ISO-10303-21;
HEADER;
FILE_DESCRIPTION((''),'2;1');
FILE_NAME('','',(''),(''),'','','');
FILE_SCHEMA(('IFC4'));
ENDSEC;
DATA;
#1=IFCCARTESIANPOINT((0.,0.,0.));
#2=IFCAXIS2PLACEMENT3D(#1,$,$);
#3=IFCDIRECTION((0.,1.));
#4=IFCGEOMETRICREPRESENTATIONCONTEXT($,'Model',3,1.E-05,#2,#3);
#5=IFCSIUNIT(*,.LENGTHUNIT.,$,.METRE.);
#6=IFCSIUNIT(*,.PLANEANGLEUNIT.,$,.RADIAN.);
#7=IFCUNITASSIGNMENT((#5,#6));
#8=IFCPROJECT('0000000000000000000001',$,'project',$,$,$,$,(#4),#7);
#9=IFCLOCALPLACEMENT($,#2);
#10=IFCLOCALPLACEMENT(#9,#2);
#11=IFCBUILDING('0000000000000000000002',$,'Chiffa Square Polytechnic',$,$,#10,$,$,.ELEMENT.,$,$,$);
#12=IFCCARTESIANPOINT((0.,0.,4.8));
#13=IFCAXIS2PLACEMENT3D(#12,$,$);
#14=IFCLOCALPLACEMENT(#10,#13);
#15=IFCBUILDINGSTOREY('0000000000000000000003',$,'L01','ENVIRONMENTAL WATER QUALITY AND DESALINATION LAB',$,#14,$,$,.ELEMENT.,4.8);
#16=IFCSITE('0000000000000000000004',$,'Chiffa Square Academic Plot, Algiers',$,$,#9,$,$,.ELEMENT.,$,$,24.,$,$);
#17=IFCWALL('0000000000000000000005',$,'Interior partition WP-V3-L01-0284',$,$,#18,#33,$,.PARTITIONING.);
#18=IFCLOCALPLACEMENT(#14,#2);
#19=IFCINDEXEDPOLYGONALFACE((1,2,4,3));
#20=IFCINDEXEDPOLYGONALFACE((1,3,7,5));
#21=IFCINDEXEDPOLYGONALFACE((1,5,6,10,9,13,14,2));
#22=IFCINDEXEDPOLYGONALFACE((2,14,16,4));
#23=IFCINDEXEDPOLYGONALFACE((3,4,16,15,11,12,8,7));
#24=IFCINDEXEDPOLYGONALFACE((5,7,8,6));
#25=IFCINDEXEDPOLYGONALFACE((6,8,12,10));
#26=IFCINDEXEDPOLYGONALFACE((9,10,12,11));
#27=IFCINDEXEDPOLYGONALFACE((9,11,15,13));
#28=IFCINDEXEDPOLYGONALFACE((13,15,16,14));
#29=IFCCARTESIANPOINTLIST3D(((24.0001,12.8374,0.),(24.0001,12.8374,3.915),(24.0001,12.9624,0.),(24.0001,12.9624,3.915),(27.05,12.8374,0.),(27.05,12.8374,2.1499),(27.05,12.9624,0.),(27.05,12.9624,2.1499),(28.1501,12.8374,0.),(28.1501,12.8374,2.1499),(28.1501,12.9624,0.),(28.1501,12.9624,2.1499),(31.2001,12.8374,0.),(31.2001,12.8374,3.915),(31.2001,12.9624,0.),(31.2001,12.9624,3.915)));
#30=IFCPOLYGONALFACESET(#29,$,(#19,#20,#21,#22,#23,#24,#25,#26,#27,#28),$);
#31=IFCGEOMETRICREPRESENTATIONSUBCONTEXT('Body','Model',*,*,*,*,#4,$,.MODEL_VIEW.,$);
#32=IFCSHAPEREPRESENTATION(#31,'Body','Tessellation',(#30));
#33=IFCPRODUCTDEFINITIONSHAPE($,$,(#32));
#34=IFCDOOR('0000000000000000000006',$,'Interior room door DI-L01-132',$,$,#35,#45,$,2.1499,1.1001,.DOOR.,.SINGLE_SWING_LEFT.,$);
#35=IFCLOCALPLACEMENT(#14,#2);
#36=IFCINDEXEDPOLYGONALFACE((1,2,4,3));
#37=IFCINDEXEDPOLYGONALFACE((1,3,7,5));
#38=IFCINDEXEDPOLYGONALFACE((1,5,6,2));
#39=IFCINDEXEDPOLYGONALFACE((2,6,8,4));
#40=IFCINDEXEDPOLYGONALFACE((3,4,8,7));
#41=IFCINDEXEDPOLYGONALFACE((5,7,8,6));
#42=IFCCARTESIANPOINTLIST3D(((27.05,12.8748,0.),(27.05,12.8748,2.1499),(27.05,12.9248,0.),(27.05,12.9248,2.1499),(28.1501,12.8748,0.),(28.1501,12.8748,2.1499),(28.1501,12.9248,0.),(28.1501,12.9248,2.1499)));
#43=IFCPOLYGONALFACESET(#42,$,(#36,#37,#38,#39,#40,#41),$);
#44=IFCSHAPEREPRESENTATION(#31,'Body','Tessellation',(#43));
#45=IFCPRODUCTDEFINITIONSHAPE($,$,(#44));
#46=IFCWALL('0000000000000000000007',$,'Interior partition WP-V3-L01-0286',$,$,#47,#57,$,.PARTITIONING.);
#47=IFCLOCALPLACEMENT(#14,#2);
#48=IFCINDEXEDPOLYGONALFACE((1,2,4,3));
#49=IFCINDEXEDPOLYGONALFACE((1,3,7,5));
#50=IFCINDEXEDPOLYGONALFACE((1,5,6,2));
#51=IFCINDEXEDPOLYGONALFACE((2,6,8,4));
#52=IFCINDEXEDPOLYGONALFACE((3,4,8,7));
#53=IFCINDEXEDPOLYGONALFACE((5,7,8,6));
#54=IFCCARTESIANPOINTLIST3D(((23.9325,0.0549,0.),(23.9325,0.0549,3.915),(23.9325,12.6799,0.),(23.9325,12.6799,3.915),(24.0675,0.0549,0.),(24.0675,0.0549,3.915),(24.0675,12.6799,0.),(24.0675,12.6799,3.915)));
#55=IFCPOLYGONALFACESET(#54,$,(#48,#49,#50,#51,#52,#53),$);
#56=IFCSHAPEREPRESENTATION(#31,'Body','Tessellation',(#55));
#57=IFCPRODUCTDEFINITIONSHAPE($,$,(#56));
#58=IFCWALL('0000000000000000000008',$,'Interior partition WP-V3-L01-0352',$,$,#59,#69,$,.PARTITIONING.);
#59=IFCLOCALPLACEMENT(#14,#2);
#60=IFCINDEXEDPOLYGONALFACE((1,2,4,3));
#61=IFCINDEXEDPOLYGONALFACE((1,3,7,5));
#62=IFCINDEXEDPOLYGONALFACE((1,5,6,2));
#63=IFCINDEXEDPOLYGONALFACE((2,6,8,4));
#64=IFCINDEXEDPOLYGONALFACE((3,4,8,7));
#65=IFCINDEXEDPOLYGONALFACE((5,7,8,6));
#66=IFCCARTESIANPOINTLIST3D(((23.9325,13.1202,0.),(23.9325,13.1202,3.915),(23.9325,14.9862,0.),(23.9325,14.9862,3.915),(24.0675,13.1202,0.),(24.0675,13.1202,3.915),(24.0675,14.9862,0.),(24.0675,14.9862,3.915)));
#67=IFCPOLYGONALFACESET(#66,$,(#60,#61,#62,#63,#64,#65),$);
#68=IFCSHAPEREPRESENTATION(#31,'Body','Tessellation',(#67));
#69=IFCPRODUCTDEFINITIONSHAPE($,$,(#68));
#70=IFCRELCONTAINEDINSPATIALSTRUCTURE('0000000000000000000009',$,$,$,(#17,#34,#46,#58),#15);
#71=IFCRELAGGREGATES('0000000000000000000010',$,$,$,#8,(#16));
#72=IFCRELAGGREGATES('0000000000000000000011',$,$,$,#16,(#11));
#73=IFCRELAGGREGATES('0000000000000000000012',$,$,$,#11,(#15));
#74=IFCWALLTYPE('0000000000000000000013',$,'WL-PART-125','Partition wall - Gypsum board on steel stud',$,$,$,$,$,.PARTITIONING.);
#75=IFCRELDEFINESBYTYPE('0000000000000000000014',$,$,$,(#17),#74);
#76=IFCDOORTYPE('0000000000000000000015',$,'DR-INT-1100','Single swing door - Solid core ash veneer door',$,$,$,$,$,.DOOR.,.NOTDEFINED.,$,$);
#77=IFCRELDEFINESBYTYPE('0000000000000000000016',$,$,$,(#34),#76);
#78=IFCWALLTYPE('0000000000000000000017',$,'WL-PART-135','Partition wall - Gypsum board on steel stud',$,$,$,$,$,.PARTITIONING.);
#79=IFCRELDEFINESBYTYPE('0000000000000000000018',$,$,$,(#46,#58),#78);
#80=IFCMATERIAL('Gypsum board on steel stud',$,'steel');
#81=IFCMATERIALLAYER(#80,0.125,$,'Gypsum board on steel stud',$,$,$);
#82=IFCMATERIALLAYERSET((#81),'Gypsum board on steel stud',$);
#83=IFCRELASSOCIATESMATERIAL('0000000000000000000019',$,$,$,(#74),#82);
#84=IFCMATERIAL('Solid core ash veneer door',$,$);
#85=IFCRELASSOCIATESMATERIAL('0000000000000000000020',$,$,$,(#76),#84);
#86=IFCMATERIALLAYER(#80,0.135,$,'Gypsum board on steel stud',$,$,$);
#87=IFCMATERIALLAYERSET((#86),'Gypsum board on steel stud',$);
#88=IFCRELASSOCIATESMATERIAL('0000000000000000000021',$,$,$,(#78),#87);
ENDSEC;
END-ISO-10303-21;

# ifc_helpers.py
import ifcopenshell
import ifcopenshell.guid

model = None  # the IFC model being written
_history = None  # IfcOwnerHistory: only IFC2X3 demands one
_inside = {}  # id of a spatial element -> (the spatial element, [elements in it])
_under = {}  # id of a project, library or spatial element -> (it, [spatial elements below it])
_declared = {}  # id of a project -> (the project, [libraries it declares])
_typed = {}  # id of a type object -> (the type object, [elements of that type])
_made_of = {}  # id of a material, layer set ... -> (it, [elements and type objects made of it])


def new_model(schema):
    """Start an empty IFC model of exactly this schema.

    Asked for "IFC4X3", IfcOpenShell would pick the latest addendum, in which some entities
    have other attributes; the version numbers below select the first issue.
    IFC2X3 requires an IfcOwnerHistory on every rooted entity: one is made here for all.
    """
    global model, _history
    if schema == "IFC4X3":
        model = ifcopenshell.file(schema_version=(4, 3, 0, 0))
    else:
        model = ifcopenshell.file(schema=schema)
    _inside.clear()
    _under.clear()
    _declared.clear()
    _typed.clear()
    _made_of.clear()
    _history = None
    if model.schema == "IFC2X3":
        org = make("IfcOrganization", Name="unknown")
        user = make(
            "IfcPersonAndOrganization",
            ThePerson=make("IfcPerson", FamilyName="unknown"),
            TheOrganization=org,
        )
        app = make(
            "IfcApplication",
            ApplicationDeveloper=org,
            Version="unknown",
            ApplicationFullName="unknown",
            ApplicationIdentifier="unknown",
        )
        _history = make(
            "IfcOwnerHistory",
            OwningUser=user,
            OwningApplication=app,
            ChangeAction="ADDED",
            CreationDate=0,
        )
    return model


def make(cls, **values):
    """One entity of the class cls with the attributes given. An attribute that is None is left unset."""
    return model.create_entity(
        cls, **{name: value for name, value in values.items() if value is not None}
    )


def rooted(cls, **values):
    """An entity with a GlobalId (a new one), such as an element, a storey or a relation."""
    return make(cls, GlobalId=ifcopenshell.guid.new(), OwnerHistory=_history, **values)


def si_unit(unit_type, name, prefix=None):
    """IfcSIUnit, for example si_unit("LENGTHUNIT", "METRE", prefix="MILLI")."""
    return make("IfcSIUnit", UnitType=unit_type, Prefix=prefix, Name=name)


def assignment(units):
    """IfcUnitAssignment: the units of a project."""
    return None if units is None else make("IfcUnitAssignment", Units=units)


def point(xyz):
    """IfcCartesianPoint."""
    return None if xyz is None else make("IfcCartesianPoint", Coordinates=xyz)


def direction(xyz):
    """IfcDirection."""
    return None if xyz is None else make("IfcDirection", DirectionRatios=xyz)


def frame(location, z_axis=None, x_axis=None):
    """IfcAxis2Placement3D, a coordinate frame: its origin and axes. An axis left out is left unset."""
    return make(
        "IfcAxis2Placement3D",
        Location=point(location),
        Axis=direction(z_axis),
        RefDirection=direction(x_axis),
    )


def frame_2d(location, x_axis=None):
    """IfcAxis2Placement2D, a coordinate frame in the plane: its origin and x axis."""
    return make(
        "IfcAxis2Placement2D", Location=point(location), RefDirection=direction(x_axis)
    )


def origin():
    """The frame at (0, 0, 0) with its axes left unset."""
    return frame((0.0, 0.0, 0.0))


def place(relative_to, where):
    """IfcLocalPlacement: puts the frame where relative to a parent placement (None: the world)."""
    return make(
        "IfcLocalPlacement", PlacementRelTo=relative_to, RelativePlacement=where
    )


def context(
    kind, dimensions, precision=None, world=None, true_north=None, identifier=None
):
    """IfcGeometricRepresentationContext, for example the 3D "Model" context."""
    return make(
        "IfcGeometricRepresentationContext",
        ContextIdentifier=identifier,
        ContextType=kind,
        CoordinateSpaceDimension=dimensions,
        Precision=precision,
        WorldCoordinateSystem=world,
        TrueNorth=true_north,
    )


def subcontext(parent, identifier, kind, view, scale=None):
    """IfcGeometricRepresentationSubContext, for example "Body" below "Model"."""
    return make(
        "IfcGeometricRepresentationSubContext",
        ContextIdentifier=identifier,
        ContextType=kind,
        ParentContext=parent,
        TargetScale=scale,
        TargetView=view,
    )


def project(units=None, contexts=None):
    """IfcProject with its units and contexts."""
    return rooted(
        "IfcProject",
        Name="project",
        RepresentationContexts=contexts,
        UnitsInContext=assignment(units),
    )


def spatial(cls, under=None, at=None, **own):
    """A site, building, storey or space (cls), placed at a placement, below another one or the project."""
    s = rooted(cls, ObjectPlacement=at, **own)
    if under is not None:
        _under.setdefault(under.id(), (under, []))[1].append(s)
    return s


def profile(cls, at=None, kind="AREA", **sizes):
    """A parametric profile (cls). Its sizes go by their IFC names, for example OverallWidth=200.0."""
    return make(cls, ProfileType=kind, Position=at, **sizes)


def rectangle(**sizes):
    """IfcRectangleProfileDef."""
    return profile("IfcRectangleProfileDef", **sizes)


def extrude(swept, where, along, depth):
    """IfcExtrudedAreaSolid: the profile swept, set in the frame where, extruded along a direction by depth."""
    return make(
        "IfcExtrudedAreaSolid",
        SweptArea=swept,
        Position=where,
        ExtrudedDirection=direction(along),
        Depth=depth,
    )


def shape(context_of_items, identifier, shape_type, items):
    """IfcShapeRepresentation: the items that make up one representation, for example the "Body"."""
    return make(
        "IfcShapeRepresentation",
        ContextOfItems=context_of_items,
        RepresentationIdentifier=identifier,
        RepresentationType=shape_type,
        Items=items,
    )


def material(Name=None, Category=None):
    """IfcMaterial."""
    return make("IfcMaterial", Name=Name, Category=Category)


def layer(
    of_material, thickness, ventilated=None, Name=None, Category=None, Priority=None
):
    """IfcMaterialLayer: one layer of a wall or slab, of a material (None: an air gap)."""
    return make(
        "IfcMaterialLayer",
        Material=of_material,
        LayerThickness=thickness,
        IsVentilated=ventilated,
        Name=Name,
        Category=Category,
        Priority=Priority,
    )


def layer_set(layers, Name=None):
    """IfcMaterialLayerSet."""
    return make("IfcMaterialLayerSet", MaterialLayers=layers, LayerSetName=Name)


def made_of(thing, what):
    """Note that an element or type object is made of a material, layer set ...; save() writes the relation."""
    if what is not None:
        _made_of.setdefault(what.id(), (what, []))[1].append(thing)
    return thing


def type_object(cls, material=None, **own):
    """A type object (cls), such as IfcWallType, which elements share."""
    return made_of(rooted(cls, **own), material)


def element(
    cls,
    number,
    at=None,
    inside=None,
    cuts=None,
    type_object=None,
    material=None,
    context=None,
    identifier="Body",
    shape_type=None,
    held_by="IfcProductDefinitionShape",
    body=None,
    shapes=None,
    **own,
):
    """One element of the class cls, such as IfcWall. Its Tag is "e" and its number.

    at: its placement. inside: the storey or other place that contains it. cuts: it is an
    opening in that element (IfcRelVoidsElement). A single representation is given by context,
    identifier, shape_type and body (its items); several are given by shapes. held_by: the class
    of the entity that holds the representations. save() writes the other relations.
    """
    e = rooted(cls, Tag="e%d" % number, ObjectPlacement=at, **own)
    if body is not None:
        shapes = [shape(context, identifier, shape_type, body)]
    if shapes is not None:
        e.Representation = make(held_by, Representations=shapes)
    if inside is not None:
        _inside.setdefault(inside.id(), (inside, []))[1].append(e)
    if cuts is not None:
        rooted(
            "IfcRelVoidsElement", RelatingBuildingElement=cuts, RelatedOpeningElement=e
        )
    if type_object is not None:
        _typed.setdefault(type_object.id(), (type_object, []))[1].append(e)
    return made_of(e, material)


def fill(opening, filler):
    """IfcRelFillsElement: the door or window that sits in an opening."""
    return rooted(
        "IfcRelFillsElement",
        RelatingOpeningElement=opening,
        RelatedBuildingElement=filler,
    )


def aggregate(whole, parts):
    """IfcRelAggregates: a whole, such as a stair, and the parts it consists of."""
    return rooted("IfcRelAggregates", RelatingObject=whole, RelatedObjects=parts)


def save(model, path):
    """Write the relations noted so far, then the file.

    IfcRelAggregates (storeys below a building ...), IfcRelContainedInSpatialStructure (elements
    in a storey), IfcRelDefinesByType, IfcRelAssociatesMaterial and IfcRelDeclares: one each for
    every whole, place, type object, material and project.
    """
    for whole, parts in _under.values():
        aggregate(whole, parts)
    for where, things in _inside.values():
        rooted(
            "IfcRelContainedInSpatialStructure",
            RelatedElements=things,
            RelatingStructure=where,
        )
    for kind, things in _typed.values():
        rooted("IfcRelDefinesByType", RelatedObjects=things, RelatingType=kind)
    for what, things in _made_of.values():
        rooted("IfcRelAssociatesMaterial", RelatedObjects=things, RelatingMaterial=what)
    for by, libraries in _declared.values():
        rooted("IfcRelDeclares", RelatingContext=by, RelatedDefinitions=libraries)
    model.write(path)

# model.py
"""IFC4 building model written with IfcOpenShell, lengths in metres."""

from ifc_helpers import new_model, si_unit, direction, frame, frame_2d, origin, place, context, subcontext, project, spatial, rectangle, extrude, material, layer, layer_set, type_object, element, fill, save


model = new_model("IFC4")

# Units and contexts
model_context = context("Model", 3, precision=1e-05, world=origin(), true_north=direction((0.0, 1.0)))
body_context = subcontext(model_context, "Body", "Model", "MODEL_VIEW")
ifc_project = project(units=[si_unit("LENGTHUNIT", "METRE"), si_unit("PLANEANGLEUNIT", "RADIAN")], contexts=[model_context])

# Site, building, storey
site_placement = place(None, origin())
site = spatial("IfcSite", under=ifc_project, at=site_placement, Name="Chiffa Square Academic Plot, Algiers", CompositionType="ELEMENT", RefElevation=24.0)
building_placement = place(site_placement, origin())
building = spatial("IfcBuilding", under=site, at=building_placement, Name="Chiffa Square Polytechnic", CompositionType="ELEMENT")
storey_placement = place(building_placement, frame((0.0, 0.0, 4.8)))
storey = spatial("IfcBuildingStorey", under=building, at=storey_placement, Name="L01", Description="ENVIRONMENTAL WATER QUALITY AND DESALINATION LAB", CompositionType="ELEMENT", Elevation=4.8)

# Wall, opening, door
ifc_material_1 = material(Name="Gypsum board on steel stud", Category="steel")
ifc_layer_1 = layer(ifc_material_1, 0.125, Name="Gypsum board on steel stud")
ifc_layer_set_1 = layer_set([ifc_layer_1], Name="Gypsum board on steel stud")
wall_type_1 = type_object("IfcWallType", Name="WL-PART-125", Description="Partition wall - Gypsum board on steel stud", PredefinedType="PARTITIONING", material=ifc_layer_set_1)
wall_1_placement = place(storey_placement, frame((24.0, 12.8999, 0.0), z_axis=(0.0, 0.0, 1.0), x_axis=(1.0, 0.0, 0.0)))
wall_1 = element("IfcWall", 1, at=wall_1_placement, inside=storey, type_object=wall_type_1, Name="Interior partition WP-V3-L01-0284", PredefinedType="PARTITIONING", context=body_context, shape_type="SweptSolid", body=[
    extrude(rectangle(XDim=7.2, YDim=0.125, at=frame_2d((3.6001, 0.0))), origin(), (0.0, 0.0, 1.0), 3.915),
])
opening_1_placement = place(wall_1_placement, frame((3.05, 0.0, 0.0)))
opening_1 = element("IfcOpeningElement", 2, at=opening_1_placement, cuts=wall_1, PredefinedType="OPENING", context=body_context, shape_type="SweptSolid", body=[
    extrude(rectangle(XDim=1.1001, YDim=2.1499, at=frame_2d((0.55, 1.075))), frame((0.0, 0.0725, 0.0), z_axis=(0.0, -1.0, 0.0), x_axis=(1.0, 0.0, 0.0)), (0.0, 0.0, 1.0), 0.145),
])
ifc_material_2 = material(Name="Solid core ash veneer door")
door_type = type_object("IfcDoorType", Name="DR-INT-1100", Description="Single swing door - Solid core ash veneer door", OperationType="NOTDEFINED", PredefinedType="DOOR", material=ifc_material_2)
door_placement = place(opening_1_placement, origin())
door = element("IfcDoor", 3, at=door_placement, inside=storey, type_object=door_type, Name="Interior room door DI-L01-132", OperationType="SINGLE_SWING_LEFT", OverallHeight=2.1499, OverallWidth=1.1001, PredefinedType="DOOR", context=body_context, shape_type="SweptSolid", body=[
    extrude(rectangle(XDim=1.1001, YDim=2.1499, at=frame_2d((0.55, 1.075))), frame((0.0, 0.0249, 0.0), z_axis=(0.0, -1.0, 0.0), x_axis=(1.0, 0.0, 0.0)), (0.0, 0.0, 1.0), 0.05),
])
fill(opening_1, door)

# Walls
ifc_layer_2 = layer(ifc_material_1, 0.135, Name="Gypsum board on steel stud")
ifc_layer_set_2 = layer_set([ifc_layer_2], Name="Gypsum board on steel stud")
wall_type_2 = type_object("IfcWallType", Name="WL-PART-135", Description="Partition wall - Gypsum board on steel stud", PredefinedType="PARTITIONING", material=ifc_layer_set_2)
wall_2_placement = place(storey_placement, frame((24.0, 0.0549, 0.0), z_axis=(0.0, 0.0, 1.0), x_axis=(0.0, 1.0, 0.0)))
element("IfcWall", 4, at=wall_2_placement, inside=storey, type_object=wall_type_2, Name="Interior partition WP-V3-L01-0286", PredefinedType="PARTITIONING", context=body_context, shape_type="SweptSolid", body=[
    extrude(rectangle(XDim=12.625, YDim=0.135, at=frame_2d((6.3125, 0.0))), origin(), (0.0, 0.0, 1.0), 3.915),
])
wall_3_placement = place(storey_placement, frame((24.0, 13.1201, 0.0), z_axis=(0.0, 0.0, 1.0), x_axis=(0.0, 1.0, 0.0)))
element("IfcWall", 5, at=wall_3_placement, inside=storey, type_object=wall_type_2, Name="Interior partition WP-V3-L01-0352", PredefinedType="PARTITIONING", context=body_context, shape_type="SweptSolid", body=[
    extrude(rectangle(XDim=1.866, YDim=0.135, at=frame_2d((0.9331, 0.0))), origin(), (0.0, 0.0, 1.0), 3.915),
])

save(model, "model.ifc")
